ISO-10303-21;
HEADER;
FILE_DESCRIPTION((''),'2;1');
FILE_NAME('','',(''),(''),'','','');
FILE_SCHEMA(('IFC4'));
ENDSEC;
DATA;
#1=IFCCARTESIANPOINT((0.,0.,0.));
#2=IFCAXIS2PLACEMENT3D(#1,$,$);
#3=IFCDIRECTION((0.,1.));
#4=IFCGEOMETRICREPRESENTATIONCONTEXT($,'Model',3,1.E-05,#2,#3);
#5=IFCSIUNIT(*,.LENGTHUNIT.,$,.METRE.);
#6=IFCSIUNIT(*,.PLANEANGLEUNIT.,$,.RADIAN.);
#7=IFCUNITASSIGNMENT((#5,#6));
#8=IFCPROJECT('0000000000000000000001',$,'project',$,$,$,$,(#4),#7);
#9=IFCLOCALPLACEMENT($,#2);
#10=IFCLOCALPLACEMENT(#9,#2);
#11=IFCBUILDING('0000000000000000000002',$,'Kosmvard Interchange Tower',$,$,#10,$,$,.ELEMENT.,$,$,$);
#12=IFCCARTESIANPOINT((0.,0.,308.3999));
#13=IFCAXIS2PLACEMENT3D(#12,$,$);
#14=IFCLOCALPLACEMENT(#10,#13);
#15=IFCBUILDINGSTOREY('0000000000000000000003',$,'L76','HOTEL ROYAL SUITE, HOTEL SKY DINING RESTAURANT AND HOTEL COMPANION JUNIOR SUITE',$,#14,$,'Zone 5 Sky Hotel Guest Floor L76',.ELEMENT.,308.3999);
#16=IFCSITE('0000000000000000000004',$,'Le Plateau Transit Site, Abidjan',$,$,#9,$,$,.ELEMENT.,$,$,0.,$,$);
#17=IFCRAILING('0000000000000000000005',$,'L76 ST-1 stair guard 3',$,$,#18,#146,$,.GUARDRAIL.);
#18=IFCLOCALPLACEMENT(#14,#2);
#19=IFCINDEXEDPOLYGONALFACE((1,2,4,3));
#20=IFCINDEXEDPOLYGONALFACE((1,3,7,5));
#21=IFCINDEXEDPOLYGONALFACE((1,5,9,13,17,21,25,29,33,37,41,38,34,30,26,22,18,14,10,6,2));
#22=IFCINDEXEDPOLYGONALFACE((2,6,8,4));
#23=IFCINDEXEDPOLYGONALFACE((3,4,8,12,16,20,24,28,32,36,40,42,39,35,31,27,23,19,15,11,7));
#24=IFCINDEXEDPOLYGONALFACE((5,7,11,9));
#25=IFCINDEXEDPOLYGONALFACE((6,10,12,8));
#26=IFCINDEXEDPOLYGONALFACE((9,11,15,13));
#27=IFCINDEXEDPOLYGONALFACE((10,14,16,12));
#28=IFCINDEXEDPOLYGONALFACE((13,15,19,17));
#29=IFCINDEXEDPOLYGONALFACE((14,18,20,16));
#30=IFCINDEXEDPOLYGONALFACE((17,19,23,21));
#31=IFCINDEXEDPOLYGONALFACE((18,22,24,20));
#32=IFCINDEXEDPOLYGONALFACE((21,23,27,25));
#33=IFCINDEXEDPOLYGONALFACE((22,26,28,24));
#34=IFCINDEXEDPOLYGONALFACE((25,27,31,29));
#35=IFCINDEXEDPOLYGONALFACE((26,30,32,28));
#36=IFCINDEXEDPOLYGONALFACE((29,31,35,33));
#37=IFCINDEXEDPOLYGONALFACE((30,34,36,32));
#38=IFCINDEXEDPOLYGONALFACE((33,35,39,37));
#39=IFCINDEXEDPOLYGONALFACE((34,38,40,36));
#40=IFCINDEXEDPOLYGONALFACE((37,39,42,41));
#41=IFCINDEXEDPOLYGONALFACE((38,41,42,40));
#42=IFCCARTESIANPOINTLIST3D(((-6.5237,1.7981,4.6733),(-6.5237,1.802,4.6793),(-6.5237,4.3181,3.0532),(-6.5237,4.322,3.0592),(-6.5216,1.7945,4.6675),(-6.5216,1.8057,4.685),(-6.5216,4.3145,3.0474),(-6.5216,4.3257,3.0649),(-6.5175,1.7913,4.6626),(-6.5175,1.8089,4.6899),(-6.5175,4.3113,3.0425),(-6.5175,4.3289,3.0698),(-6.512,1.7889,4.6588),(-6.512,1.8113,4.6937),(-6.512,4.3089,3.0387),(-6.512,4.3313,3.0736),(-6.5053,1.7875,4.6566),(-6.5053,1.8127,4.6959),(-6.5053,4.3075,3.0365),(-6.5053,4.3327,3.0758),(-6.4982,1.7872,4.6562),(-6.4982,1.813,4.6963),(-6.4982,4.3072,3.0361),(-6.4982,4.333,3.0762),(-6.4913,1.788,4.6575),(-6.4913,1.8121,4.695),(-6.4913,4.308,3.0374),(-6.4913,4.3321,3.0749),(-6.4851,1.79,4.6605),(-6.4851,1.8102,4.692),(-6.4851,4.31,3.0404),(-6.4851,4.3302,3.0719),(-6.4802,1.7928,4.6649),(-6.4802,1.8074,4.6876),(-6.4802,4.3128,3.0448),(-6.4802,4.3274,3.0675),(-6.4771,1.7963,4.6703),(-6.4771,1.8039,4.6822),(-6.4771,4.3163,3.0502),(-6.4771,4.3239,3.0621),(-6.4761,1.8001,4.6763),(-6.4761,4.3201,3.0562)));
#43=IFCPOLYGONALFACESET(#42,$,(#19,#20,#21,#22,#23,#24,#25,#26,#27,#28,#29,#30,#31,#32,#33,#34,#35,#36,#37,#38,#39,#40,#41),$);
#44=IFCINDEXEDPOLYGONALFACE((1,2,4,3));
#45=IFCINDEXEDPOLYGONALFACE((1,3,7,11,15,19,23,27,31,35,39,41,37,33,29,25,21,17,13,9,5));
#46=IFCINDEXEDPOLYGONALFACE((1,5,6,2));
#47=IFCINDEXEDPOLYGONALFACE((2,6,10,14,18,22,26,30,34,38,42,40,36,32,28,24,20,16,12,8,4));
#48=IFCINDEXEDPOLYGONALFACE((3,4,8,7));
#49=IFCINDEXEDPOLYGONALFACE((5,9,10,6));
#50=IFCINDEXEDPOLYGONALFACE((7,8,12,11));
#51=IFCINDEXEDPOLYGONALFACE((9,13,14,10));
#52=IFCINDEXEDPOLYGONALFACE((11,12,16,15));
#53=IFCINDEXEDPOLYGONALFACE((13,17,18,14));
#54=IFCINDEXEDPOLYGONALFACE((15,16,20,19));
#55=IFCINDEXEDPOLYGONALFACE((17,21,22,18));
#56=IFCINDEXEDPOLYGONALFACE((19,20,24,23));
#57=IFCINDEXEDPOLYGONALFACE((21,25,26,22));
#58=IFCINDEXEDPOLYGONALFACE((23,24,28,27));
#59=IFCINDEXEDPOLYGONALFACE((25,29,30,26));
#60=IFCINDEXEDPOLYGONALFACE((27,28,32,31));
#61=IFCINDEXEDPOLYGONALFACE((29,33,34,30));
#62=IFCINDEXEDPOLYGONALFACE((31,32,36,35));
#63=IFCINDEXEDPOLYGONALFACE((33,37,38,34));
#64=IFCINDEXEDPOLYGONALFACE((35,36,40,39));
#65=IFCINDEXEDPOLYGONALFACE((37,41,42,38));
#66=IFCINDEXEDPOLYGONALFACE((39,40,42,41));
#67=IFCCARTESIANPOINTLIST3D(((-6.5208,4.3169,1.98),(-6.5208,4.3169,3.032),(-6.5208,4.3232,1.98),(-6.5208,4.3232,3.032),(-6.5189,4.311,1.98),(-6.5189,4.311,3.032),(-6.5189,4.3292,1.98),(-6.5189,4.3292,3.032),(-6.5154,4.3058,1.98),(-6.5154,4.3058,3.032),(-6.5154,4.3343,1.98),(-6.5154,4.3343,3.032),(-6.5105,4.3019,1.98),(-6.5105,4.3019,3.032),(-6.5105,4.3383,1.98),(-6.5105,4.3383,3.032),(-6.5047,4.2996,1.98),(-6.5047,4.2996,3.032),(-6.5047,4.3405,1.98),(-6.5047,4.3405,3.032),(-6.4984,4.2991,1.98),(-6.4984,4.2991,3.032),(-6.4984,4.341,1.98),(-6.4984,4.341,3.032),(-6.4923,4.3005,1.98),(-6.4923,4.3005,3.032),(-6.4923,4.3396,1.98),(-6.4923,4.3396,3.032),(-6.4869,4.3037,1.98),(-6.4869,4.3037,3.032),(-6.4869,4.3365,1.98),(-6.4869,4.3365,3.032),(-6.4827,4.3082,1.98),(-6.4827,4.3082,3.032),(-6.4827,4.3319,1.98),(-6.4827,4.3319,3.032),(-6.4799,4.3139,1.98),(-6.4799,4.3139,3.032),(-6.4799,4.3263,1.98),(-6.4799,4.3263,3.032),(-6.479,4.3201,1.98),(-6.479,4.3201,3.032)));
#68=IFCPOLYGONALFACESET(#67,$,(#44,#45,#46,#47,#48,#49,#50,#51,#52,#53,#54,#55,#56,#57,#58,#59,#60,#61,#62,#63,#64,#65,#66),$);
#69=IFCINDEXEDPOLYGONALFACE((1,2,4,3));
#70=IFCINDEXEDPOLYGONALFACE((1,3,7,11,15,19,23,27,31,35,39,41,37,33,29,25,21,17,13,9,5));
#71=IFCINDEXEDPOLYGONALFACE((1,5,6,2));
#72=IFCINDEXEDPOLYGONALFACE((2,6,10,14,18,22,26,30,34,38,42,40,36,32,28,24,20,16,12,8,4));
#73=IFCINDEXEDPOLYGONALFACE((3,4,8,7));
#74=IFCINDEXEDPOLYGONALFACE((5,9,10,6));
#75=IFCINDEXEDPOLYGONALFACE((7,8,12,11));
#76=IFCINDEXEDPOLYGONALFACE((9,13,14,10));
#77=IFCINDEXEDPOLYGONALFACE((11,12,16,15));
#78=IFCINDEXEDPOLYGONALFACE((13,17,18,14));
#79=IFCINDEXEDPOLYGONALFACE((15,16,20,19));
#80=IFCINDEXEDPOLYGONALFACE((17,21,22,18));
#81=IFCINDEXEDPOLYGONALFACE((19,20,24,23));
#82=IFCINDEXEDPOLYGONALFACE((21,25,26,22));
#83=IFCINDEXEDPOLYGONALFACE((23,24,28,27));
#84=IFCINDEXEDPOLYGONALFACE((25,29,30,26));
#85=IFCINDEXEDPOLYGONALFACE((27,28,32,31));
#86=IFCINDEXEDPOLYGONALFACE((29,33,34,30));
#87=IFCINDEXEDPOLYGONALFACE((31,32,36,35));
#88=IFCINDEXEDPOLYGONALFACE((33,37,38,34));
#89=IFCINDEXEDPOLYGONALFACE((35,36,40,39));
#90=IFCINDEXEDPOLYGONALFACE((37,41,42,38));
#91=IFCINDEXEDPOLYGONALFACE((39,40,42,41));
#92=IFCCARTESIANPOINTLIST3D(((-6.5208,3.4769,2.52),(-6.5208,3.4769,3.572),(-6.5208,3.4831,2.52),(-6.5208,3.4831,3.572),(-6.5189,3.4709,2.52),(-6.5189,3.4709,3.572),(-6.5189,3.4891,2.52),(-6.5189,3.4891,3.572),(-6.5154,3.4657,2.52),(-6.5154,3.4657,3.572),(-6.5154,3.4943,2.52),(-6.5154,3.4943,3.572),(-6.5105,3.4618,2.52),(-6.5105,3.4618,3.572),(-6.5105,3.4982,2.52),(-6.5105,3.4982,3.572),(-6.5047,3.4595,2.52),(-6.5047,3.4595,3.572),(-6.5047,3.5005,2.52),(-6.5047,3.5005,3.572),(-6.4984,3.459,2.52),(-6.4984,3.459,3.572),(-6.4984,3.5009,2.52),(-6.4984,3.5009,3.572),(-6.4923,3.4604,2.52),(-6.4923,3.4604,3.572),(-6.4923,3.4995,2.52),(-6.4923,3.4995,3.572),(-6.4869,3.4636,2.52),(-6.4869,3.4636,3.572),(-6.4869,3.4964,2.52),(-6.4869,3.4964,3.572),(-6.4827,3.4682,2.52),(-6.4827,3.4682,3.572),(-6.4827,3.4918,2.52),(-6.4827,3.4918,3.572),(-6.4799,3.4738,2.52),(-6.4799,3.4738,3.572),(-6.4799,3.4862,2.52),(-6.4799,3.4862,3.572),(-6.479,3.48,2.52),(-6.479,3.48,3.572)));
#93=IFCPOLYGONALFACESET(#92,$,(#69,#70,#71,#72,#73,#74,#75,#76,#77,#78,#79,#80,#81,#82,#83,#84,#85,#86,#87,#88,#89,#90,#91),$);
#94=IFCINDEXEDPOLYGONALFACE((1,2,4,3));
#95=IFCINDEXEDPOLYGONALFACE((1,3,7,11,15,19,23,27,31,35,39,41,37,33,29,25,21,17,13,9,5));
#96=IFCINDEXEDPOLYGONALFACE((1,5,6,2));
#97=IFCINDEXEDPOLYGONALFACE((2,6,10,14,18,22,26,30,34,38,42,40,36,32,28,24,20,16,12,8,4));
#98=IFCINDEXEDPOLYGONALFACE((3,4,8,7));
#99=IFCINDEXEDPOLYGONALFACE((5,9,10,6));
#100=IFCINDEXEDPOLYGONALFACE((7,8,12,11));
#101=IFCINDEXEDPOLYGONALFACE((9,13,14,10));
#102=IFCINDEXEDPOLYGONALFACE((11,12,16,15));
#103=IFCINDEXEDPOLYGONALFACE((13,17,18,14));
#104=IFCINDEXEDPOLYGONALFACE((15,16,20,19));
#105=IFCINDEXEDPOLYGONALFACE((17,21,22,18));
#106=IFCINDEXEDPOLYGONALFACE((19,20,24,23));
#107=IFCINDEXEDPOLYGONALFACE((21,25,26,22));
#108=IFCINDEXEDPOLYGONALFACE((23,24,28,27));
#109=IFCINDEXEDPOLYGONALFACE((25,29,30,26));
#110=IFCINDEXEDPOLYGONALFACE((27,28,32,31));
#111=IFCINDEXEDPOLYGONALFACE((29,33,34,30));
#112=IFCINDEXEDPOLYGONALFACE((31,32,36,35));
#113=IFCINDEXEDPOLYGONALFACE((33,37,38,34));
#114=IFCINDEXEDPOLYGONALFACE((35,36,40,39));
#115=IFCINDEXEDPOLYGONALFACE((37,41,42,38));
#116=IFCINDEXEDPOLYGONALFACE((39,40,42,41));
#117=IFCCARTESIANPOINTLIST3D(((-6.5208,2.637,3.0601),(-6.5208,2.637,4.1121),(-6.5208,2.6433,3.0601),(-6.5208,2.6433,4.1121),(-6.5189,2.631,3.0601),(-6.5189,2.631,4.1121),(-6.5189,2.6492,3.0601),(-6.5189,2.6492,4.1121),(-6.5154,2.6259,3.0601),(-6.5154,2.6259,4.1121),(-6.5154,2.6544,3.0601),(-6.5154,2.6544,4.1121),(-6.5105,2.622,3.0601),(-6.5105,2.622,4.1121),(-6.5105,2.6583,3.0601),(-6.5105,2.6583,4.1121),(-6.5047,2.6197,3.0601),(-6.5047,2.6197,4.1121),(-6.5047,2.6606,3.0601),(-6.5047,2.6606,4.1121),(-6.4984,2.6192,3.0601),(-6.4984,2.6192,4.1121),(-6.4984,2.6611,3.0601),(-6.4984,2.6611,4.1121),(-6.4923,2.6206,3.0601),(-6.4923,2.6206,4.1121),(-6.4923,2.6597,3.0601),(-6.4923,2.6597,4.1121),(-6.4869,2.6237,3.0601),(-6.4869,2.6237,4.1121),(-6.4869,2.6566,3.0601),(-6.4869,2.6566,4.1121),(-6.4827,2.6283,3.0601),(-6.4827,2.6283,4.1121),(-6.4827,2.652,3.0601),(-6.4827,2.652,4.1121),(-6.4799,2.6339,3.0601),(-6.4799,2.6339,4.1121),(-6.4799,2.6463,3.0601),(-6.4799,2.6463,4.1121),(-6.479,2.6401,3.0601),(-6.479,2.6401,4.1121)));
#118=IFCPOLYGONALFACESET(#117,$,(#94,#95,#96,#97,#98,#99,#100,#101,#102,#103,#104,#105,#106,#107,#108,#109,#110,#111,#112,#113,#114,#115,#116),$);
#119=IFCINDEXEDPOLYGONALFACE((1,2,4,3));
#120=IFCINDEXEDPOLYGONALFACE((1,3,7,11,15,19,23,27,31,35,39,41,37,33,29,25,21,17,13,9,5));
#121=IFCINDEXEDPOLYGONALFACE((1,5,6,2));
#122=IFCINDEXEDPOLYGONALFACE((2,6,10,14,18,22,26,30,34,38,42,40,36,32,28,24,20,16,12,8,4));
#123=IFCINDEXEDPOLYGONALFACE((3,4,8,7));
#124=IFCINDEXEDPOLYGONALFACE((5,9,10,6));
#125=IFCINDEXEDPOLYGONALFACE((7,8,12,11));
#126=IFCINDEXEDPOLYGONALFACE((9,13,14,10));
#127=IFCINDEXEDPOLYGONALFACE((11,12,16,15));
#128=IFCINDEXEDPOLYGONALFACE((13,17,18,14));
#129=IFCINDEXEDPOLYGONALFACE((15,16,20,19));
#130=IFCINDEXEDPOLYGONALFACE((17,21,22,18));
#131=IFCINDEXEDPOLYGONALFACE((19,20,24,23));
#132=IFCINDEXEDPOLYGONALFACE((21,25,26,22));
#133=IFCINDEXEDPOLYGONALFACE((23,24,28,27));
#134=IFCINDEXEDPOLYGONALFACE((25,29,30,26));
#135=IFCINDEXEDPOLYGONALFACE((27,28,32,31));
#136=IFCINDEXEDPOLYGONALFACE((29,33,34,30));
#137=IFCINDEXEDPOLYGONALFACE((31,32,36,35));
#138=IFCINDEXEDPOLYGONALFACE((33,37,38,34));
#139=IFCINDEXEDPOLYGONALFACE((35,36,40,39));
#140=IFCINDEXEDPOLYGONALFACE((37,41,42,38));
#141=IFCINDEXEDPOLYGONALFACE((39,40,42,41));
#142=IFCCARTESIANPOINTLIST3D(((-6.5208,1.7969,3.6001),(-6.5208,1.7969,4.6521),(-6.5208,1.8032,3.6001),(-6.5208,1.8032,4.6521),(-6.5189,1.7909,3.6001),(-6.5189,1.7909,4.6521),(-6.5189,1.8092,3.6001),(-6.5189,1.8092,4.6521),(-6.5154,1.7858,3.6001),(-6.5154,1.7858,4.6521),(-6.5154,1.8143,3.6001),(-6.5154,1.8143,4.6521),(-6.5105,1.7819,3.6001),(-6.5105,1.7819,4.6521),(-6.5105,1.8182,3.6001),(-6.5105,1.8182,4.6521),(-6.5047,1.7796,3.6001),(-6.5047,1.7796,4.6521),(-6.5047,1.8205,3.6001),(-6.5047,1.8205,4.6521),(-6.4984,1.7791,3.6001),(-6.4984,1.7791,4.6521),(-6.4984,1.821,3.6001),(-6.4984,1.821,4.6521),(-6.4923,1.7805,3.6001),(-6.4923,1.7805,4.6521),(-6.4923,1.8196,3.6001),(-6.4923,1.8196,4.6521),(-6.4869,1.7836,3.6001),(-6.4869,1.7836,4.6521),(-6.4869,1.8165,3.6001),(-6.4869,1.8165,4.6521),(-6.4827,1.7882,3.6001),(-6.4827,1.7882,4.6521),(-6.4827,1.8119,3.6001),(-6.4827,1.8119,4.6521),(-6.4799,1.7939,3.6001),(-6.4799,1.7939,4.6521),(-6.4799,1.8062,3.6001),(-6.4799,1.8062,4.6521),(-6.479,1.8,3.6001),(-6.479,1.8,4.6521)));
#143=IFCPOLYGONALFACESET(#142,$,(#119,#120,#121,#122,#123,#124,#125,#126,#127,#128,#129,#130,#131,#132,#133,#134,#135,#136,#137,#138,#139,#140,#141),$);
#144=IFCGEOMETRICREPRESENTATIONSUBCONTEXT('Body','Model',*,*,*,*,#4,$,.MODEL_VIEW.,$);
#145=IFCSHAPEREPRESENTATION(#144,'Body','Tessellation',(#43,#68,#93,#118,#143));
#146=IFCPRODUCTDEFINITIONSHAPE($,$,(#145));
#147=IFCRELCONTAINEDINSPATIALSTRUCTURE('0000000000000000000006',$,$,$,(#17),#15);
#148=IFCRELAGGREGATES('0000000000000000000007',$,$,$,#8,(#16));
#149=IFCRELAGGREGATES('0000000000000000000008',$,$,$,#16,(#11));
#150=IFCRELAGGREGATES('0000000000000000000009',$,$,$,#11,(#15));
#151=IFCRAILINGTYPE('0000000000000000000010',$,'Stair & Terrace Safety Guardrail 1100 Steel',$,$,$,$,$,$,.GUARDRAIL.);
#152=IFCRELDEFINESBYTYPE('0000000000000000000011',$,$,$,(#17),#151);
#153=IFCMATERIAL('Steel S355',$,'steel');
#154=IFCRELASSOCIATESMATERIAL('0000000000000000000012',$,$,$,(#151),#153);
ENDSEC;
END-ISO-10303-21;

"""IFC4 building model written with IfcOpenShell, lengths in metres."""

from ifc_helpers import new_model, si_unit, direction, frame, origin, origin_2d, place, context, subcontext, project, spatial, circle, extrude, source, transform, mapped, material, type_object, element, save


model = new_model("IFC4")

# Units and contexts
model_context = context("Model", 3, precision=1e-05, world=origin(), true_north=direction((0.0, 1.0)))
body_context = subcontext(model_context, "Body", "Model", "MODEL_VIEW")
ifc_project = project(units=[si_unit("LENGTHUNIT", "METRE"), si_unit("PLANEANGLEUNIT", "RADIAN")], contexts=[model_context])

# Site, building, storey
site_placement = place(None, origin())
site = spatial("IfcSite", under=ifc_project, at=site_placement, Name="Le Plateau Transit Site, Abidjan", CompositionType="ELEMENT", RefElevation=0.0)
building_placement = place(site_placement, origin())
building = spatial("IfcBuilding", under=site, at=building_placement, Name="Kosmvard Interchange Tower", CompositionType="ELEMENT")
storey_placement = place(building_placement, frame((0.0, 0.0, 308.3999)))
storey = spatial("IfcBuildingStorey", under=building, at=storey_placement, Name="L76", Description="HOTEL ROYAL SUITE, HOTEL SKY DINING RESTAURANT AND HOTEL COMPANION JUNIOR SUITE", LongName="Zone 5 Sky Hotel Guest Floor L76", CompositionType="ELEMENT", Elevation=308.3999)

# Shared definitions
ifc_material_1 = material(Name="Steel S355", Category="steel")

# Railing
railing_type_1 = type_object("IfcRailingType", Name="Stair & Terrace Safety Guardrail 1100 Steel", PredefinedType="GUARDRAIL", material=ifc_material_1)
shared_shape_1 = source(origin(), body_context, "Body", "SweptSolid", [
    extrude(circle(Radius=0.0239, at=origin_2d()), frame((0.0, 0.0, 1.0762), z_axis=(0.0, -0.841163, 0.540782), x_axis=(1.0, 0.0, 0.0)), (0.0, 0.0, 1.0), 2.9958),
    extrude(circle(Radius=0.021, at=origin_2d()), origin(), (0.0, 0.0, 1.0), 1.052),
    extrude(circle(Radius=0.021, at=origin_2d()), frame((0.0, -0.8401, 0.54)), (0.0, 0.0, 1.0), 1.052),
    extrude(circle(Radius=0.021, at=origin_2d()), frame((0.0, -1.6799, 1.0801)), (0.0, 0.0, 1.0), 1.052),
    extrude(circle(Radius=0.021, at=origin_2d()), frame((0.0, -2.52, 1.6201)), (0.0, 0.0, 1.0), 1.052),
])
railing_1_placement = place(storey_placement, frame((-6.5, 4.3201, 1.98)))
element("IfcRailing", 1, at=railing_1_placement, inside=storey, type_object=railing_type_1, Name="L76 ST-1 stair guard 3", PredefinedType="GUARDRAIL", context=body_context, shape_type="MappedRepresentation", body=[
    mapped(shared_shape_1, transform((0.0, 0.0, 0.0), scale=1.0)),
])

save(model, "model.ifc")
